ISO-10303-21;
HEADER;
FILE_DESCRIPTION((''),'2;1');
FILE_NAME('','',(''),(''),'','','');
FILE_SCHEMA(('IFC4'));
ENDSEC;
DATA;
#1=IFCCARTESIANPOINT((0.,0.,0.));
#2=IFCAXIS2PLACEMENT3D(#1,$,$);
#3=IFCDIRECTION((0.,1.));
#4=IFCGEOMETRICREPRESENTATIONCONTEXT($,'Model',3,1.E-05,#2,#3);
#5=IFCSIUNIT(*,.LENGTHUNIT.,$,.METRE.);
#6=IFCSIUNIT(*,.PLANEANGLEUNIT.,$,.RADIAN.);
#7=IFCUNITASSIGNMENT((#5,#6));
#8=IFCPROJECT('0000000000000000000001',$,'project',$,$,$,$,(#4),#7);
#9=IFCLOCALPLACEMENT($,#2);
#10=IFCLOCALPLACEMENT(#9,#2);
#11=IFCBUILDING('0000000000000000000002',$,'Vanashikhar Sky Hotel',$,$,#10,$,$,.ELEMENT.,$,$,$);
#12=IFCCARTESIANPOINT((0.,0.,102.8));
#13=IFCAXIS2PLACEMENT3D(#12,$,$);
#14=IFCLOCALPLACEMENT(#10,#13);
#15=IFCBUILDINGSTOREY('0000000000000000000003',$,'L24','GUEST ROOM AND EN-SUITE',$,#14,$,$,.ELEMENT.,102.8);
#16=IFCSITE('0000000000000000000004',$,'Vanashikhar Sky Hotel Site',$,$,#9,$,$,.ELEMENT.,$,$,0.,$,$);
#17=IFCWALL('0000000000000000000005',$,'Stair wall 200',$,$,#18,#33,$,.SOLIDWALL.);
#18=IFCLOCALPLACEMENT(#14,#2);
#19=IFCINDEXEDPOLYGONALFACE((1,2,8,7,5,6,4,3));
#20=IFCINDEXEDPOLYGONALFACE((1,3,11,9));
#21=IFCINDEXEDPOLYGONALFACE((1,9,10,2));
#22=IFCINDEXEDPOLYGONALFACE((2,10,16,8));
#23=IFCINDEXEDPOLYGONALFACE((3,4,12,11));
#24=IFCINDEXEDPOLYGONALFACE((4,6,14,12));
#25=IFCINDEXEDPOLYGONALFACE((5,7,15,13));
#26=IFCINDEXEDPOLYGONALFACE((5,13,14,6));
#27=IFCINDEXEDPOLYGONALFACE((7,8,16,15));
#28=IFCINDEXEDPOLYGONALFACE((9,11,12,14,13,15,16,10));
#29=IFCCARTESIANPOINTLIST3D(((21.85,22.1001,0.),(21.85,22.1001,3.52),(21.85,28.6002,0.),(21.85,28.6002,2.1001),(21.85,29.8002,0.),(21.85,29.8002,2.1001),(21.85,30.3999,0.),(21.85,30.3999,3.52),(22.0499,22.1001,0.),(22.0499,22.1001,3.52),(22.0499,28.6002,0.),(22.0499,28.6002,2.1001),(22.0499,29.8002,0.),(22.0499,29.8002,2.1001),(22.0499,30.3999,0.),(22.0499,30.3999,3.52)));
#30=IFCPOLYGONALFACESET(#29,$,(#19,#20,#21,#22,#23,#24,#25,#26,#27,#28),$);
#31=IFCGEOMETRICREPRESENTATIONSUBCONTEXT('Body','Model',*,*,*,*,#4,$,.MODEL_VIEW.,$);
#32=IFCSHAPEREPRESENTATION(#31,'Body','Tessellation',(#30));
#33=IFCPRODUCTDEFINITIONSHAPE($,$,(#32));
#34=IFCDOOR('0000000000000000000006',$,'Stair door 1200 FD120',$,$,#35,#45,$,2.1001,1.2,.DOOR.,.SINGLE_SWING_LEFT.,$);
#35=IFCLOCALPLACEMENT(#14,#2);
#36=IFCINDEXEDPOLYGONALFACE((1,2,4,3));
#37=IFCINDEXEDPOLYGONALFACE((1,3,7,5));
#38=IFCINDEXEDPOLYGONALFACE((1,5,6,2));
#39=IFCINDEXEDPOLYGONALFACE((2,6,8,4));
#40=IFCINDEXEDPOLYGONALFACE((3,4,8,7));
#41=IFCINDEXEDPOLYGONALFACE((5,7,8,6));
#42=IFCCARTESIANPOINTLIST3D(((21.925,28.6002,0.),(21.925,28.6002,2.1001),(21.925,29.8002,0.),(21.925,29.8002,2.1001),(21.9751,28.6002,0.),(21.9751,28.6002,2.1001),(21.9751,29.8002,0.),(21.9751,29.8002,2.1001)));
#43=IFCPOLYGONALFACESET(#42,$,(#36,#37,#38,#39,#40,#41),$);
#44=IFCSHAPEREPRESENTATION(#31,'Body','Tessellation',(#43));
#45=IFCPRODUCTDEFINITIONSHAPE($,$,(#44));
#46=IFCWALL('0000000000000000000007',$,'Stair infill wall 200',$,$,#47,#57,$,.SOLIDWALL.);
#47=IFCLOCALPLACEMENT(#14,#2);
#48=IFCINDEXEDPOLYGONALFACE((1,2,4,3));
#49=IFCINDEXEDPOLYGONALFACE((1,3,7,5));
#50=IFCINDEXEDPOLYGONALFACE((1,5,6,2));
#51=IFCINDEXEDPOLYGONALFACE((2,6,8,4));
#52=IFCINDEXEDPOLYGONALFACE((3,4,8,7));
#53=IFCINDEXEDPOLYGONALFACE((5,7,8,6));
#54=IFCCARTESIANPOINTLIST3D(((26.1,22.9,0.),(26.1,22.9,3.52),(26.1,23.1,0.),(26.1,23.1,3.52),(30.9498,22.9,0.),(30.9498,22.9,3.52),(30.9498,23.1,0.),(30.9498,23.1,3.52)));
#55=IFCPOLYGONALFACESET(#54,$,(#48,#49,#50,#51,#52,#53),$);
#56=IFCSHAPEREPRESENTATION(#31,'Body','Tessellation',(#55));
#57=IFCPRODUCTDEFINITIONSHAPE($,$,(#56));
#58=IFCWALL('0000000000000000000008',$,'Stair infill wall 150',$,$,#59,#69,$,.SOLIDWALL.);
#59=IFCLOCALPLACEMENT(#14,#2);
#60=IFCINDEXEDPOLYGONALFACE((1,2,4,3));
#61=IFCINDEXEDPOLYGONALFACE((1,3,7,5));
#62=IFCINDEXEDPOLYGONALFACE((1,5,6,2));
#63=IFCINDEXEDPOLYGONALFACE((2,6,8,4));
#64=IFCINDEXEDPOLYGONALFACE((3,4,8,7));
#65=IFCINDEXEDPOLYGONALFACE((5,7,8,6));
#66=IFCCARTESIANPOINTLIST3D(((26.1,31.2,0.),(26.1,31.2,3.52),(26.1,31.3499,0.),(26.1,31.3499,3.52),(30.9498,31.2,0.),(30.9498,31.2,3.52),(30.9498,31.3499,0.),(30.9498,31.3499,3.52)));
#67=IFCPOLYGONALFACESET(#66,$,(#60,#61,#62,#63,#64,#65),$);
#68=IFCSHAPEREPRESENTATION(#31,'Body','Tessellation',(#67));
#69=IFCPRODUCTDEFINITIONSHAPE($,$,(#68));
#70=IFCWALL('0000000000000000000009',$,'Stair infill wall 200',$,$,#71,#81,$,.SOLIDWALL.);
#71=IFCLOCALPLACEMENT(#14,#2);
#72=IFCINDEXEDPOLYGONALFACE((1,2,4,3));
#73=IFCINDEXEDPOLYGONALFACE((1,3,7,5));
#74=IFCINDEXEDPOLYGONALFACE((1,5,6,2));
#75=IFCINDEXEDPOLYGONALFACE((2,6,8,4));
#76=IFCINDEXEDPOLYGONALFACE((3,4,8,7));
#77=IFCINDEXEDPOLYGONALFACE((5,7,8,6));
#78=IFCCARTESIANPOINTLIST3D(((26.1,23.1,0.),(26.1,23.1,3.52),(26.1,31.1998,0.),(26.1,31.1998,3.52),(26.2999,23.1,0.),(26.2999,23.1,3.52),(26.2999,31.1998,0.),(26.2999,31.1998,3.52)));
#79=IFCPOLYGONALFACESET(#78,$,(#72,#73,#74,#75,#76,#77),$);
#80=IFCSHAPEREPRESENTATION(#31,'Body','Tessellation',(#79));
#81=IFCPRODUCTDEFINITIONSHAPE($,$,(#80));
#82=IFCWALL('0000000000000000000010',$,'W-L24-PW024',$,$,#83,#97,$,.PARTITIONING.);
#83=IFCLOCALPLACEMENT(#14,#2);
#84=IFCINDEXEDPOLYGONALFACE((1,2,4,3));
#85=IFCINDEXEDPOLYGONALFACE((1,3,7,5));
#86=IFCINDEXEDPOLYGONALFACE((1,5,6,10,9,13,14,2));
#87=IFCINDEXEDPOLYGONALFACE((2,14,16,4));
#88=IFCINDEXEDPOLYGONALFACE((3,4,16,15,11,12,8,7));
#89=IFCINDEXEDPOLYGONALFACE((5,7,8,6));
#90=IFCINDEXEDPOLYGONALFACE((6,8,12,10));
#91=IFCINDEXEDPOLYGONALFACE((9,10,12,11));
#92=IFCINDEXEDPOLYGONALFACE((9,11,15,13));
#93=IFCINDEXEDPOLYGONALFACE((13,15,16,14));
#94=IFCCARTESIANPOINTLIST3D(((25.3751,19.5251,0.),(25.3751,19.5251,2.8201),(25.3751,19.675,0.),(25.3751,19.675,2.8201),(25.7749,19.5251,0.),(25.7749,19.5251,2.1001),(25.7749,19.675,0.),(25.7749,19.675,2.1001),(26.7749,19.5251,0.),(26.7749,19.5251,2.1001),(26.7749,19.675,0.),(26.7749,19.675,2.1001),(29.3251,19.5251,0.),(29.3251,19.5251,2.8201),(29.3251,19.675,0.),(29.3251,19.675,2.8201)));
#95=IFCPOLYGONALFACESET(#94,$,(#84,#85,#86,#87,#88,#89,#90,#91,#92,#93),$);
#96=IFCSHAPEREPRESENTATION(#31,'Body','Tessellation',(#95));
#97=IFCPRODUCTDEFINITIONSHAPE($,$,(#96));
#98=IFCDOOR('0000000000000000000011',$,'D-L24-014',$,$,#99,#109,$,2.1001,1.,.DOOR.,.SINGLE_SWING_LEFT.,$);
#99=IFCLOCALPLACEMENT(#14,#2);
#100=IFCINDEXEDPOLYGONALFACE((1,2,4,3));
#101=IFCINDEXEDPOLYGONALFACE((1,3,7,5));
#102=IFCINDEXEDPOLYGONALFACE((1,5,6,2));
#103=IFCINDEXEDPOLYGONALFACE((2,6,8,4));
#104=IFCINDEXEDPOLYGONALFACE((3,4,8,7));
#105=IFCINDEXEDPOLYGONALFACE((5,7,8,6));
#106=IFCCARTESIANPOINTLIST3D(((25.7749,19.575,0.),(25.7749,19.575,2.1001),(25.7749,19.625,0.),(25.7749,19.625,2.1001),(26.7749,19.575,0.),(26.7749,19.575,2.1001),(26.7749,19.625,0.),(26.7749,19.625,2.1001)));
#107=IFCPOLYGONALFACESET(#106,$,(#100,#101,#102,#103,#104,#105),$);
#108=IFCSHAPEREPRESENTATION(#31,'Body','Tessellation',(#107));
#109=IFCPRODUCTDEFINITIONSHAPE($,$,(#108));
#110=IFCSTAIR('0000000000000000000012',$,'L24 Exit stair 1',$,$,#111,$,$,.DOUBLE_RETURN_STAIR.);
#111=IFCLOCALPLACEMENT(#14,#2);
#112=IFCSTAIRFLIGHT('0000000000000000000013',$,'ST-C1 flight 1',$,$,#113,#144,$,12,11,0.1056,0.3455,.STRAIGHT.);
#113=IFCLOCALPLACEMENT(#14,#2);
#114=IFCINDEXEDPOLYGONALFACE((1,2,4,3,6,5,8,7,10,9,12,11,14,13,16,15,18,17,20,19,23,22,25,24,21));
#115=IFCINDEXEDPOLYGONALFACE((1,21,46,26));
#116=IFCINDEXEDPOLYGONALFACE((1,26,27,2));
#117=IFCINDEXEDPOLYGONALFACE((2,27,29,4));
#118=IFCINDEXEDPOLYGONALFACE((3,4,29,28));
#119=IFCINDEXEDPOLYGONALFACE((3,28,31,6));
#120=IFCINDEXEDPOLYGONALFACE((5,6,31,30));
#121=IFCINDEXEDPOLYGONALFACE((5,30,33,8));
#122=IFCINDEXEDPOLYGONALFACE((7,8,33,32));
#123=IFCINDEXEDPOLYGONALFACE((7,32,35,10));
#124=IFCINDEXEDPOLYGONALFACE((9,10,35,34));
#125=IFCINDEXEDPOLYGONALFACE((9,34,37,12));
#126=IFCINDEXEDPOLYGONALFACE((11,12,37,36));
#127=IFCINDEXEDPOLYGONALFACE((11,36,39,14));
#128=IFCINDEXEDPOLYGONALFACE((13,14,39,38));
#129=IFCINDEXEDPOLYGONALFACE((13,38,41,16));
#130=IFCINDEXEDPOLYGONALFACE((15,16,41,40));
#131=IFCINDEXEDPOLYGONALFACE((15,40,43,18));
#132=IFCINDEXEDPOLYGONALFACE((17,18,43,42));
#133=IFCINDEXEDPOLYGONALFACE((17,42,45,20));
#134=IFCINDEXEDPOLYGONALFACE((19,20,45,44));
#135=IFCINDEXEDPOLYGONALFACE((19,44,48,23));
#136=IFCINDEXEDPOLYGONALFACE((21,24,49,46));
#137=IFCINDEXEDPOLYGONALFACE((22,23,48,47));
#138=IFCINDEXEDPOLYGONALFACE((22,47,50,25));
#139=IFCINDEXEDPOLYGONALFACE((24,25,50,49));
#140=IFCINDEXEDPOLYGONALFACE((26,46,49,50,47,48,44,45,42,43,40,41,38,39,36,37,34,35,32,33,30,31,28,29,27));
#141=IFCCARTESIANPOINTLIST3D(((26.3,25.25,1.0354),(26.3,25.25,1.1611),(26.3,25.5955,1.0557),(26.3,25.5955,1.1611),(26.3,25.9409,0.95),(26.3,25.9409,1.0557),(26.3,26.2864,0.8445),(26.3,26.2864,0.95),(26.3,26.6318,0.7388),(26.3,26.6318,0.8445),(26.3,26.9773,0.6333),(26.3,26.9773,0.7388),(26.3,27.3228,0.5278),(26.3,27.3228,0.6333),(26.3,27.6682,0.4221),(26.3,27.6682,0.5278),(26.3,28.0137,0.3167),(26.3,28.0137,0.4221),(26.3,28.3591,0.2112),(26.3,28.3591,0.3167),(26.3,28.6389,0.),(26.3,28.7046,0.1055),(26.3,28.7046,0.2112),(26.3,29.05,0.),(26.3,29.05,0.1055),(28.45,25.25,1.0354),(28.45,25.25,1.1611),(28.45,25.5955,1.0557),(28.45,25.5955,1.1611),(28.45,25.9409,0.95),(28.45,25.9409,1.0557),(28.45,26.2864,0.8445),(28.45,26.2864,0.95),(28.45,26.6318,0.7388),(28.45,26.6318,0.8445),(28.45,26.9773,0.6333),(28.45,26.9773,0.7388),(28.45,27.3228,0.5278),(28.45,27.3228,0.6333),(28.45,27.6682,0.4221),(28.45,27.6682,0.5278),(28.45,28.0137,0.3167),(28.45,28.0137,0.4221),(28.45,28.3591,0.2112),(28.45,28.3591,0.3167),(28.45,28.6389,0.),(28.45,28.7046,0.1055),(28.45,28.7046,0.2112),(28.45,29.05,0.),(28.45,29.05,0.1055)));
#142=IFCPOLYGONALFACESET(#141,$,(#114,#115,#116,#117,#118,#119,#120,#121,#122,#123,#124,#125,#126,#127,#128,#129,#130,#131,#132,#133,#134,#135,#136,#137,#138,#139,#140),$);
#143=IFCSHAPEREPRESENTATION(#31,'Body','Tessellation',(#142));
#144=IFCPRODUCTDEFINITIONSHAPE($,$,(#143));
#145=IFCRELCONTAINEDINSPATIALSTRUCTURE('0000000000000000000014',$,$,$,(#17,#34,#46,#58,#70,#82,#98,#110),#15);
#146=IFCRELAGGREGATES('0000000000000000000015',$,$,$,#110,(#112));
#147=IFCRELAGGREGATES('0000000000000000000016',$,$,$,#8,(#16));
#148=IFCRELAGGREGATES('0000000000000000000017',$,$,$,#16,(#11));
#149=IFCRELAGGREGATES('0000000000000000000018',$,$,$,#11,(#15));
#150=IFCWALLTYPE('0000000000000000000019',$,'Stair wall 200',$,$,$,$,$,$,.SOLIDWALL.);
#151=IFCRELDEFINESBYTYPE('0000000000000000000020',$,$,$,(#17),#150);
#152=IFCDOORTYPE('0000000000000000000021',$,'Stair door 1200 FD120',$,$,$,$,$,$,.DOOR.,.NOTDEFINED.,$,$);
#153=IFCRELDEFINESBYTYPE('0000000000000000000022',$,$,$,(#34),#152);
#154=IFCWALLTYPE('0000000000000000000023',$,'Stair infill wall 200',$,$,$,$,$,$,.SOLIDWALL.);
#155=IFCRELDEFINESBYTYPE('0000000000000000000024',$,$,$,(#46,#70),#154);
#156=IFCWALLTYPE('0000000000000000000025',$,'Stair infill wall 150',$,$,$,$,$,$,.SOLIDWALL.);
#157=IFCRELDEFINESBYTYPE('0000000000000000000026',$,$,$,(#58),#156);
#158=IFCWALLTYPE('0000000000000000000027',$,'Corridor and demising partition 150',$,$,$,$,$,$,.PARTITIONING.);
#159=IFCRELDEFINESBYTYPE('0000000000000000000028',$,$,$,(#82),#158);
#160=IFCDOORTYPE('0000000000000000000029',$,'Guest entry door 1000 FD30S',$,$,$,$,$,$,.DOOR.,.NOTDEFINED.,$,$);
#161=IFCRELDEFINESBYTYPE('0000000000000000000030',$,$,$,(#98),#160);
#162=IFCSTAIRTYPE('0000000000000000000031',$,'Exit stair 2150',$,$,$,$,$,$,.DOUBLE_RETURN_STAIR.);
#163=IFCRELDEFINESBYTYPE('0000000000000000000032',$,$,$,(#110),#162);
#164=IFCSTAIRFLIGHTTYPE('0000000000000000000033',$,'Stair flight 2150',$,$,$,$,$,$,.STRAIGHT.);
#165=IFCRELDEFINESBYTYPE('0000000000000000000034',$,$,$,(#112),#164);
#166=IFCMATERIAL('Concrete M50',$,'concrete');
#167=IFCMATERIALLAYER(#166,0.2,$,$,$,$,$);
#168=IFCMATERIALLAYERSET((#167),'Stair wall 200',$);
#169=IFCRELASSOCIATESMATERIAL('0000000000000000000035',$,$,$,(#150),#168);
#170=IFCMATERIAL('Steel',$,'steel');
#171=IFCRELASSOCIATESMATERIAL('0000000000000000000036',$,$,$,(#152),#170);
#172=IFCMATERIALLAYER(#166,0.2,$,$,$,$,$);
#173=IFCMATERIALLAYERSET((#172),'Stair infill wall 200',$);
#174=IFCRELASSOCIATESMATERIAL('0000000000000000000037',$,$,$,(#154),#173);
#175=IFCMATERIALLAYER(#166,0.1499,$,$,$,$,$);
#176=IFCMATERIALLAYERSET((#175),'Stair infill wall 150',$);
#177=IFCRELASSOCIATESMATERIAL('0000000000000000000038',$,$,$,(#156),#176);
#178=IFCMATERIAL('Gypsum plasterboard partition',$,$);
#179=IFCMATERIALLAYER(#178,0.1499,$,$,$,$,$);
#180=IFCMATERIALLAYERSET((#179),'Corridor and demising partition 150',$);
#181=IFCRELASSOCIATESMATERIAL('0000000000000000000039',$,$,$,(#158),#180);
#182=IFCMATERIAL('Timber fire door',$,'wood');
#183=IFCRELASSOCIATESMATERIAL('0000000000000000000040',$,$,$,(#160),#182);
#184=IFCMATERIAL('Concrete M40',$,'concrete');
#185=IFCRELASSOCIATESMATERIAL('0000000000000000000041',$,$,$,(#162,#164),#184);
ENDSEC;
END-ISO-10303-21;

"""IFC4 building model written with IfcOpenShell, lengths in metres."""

from ifc_helpers import new_model, si_unit, direction, frame, frame_2d, origin, place, context, subcontext, project, spatial, polyline, rectangle, outline, extrude, source, transform, mapped, material, layer, layer_set, type_object, element, fill, aggregate, save


model = new_model("IFC4")

# Units and contexts
model_context = context("Model", 3, precision=1e-05, world=origin(), true_north=direction((0.0, 1.0)))
body_context = subcontext(model_context, "Body", "Model", "MODEL_VIEW")
ifc_project = project(units=[si_unit("LENGTHUNIT", "METRE"), si_unit("PLANEANGLEUNIT", "RADIAN")], contexts=[model_context])

# Site, building, storey
site_placement = place(None, origin())
site = spatial("IfcSite", under=ifc_project, at=site_placement, Name="Vanashikhar Sky Hotel Site", CompositionType="ELEMENT", RefElevation=0.0)
building_placement = place(site_placement, origin())
building = spatial("IfcBuilding", under=site, at=building_placement, Name="Vanashikhar Sky Hotel", CompositionType="ELEMENT")
storey_placement = place(building_placement, frame((0.0, 0.0, 102.8)))
storey = spatial("IfcBuildingStorey", under=building, at=storey_placement, Name="L24", Description="GUEST ROOM AND EN-SUITE", CompositionType="ELEMENT", Elevation=102.8)

# Shared definitions
ifc_material_1 = material(Name="Steel", Category="steel")

# Wall, opening, door
ifc_material_2 = material(Name="Concrete M50", Category="concrete")
ifc_layer_1 = layer(ifc_material_2, 0.2)
ifc_layer_set_1 = layer_set([ifc_layer_1], Name="Stair wall 200")
wall_type_1 = type_object("IfcWallType", Name="Stair wall 200", PredefinedType="SOLIDWALL", material=ifc_layer_set_1)
shared_shape_1 = source(origin(), body_context, "Body", "SweptSolid", [
    extrude(rectangle(XDim=8.2998, YDim=0.2, at=frame_2d((4.1499, 0.0))), origin(), (0.0, 0.0, 1.0), 3.52),
])
wall_1_placement = place(storey_placement, frame((21.95, 22.1001, 0.0), z_axis=(0.0, 0.0, 1.0), x_axis=(0.0, 1.0, 0.0)))
wall_1 = element("IfcWall", 1, at=wall_1_placement, inside=storey, type_object=wall_type_1, Name="Stair wall 200", PredefinedType="SOLIDWALL", context=body_context, shape_type="MappedRepresentation", body=[
    mapped(shared_shape_1, transform((0.0, 0.0, 0.0), scale=1.0)),
])
shared_shape_2 = source(origin(), body_context, "Body", "SweptSolid", [
    extrude(rectangle(XDim=1.2, YDim=2.1001, at=frame_2d((0.6001, 1.05))), frame((0.0, 0.1099, 0.0), z_axis=(0.0, -1.0, 0.0), x_axis=(1.0, 0.0, 0.0)), (0.0, 0.0, 1.0), 0.22),
])
opening_1_placement = place(wall_1_placement, frame((6.5, 0.0, 0.0)))
opening_1 = element("IfcOpeningElement", 2, at=opening_1_placement, cuts=wall_1, PredefinedType="OPENING", context=body_context, shape_type="MappedRepresentation", body=[
    mapped(shared_shape_2, transform((0.0, 0.0, 0.0), scale=1.0)),
])
door_type_1 = type_object("IfcDoorType", Name="Stair door 1200 FD120", OperationType="NOTDEFINED", PredefinedType="DOOR", material=ifc_material_1)
shared_shape_3 = source(origin(), body_context, "Body", "SweptSolid", [
    extrude(rectangle(XDim=1.2, YDim=2.1001, at=frame_2d((0.6001, 1.05))), frame((0.0, 0.0249, 0.0), z_axis=(0.0, -1.0, 0.0), x_axis=(1.0, 0.0, 0.0)), (0.0, 0.0, 1.0), 0.05),
])
door_1_placement = place(opening_1_placement, origin())
door_1 = element("IfcDoor", 3, at=door_1_placement, inside=storey, type_object=door_type_1, Name="Stair door 1200 FD120", OperationType="SINGLE_SWING_LEFT", OverallHeight=2.1001, OverallWidth=1.2, PredefinedType="DOOR", context=body_context, shape_type="MappedRepresentation", body=[
    mapped(shared_shape_3, transform((0.0, 0.0, 0.0), scale=1.0)),
])
fill(opening_1, door_1)

# Walls
ifc_layer_2 = layer(ifc_material_2, 0.2)
ifc_layer_set_2 = layer_set([ifc_layer_2], Name="Stair infill wall 200")
wall_type_2 = type_object("IfcWallType", Name="Stair infill wall 200", PredefinedType="SOLIDWALL", material=ifc_layer_set_2)
shared_shape_4 = source(origin(), body_context, "Body", "SweptSolid", [
    extrude(rectangle(XDim=4.8499, YDim=0.2, at=frame_2d((2.4248, 0.0))), origin(), (0.0, 0.0, 1.0), 3.52),
])
wall_2_placement = place(storey_placement, frame((26.1001, 23.0, 0.0), z_axis=(0.0, 0.0, 1.0), x_axis=(1.0, 0.0, 0.0)))
element("IfcWall", 4, at=wall_2_placement, inside=storey, type_object=wall_type_2, Name="Stair infill wall 200", PredefinedType="SOLIDWALL", context=body_context, shape_type="MappedRepresentation", body=[
    mapped(shared_shape_4, transform((0.0, 0.0, 0.0), scale=1.0)),
])
ifc_layer_3 = layer(ifc_material_2, 0.1499)
ifc_layer_set_3 = layer_set([ifc_layer_3], Name="Stair infill wall 150")
wall_type_3 = type_object("IfcWallType", Name="Stair infill wall 150", PredefinedType="SOLIDWALL", material=ifc_layer_set_3)
shared_shape_5 = source(origin(), body_context, "Body", "SweptSolid", [
    extrude(rectangle(XDim=4.8499, YDim=0.1499, at=frame_2d((2.4248, 0.0))), origin(), (0.0, 0.0, 1.0), 3.52),
])
wall_3_placement = place(storey_placement, frame((26.1001, 31.2749, 0.0), z_axis=(0.0, 0.0, 1.0), x_axis=(1.0, 0.0, 0.0)))
element("IfcWall", 5, at=wall_3_placement, inside=storey, type_object=wall_type_3, Name="Stair infill wall 150", PredefinedType="SOLIDWALL", context=body_context, shape_type="MappedRepresentation", body=[
    mapped(shared_shape_5, transform((0.0, 0.0, 0.0), scale=1.0)),
])
shared_shape_6 = source(origin(), body_context, "Body", "SweptSolid", [
    extrude(rectangle(XDim=8.0999, YDim=0.2, at=frame_2d((4.0498, 0.0))), origin(), (0.0, 0.0, 1.0), 3.52),
])
wall_4_placement = place(storey_placement, frame((26.2, 23.1001, 0.0), z_axis=(0.0, 0.0, 1.0), x_axis=(0.0, 1.0, 0.0)))
element("IfcWall", 6, at=wall_4_placement, inside=storey, type_object=wall_type_2, Name="Stair infill wall 200", PredefinedType="SOLIDWALL", context=body_context, shape_type="MappedRepresentation", body=[
    mapped(shared_shape_6, transform((0.0, 0.0, 0.0), scale=1.0)),
])

# Wall, opening, door
ifc_material_3 = material(Name="Gypsum plasterboard partition")
ifc_layer_4 = layer(ifc_material_3, 0.1499)
ifc_layer_set_4 = layer_set([ifc_layer_4], Name="Corridor and demising partition 150")
wall_type_4 = type_object("IfcWallType", Name="Corridor and demising partition 150", PredefinedType="PARTITIONING", material=ifc_layer_set_4)
shared_shape_7 = source(origin(), body_context, "Body", "SweptSolid", [
    extrude(rectangle(XDim=3.95, YDim=0.1499, at=frame_2d((1.9751, 0.0))), origin(), (0.0, 0.0, 1.0), 2.8201),
])
wall_5_placement = place(storey_placement, frame((25.375, 19.6001, 0.0), z_axis=(0.0, 0.0, 1.0), x_axis=(1.0, 0.0, 0.0)))
wall_5 = element("IfcWall", 7, at=wall_5_placement, inside=storey, type_object=wall_type_4, Name="W-L24-PW024", PredefinedType="PARTITIONING", context=body_context, shape_type="MappedRepresentation", body=[
    mapped(shared_shape_7, transform((0.0, 0.0, 0.0), scale=1.0)),
])
shared_shape_8 = source(origin(), body_context, "Body", "SweptSolid", [
    extrude(rectangle(XDim=1.0, YDim=2.1001, at=frame_2d((0.5, 1.05))), frame((0.0, 0.085, 0.0), z_axis=(0.0, -1.0, 0.0), x_axis=(1.0, 0.0, 0.0)), (0.0, 0.0, 1.0), 0.1699),
])
opening_2_placement = place(wall_5_placement, frame((0.3999, 0.0, 0.0)))
opening_2 = element("IfcOpeningElement", 8, at=opening_2_placement, cuts=wall_5, PredefinedType="OPENING", context=body_context, shape_type="MappedRepresentation", body=[
    mapped(shared_shape_8, transform((0.0, 0.0, 0.0), scale=1.0)),
])
ifc_material_4 = material(Name="Timber fire door", Category="wood")
door_type_2 = type_object("IfcDoorType", Name="Guest entry door 1000 FD30S", OperationType="NOTDEFINED", PredefinedType="DOOR", material=ifc_material_4)
shared_shape_9 = source(origin(), body_context, "Body", "SweptSolid", [
    extrude(rectangle(XDim=1.0, YDim=2.1001, at=frame_2d((0.5, 1.05))), frame((0.0, 0.0249, 0.0), z_axis=(0.0, -1.0, 0.0), x_axis=(1.0, 0.0, 0.0)), (0.0, 0.0, 1.0), 0.05),
])
door_2_placement = place(opening_2_placement, origin())
door_2 = element("IfcDoor", 9, at=door_2_placement, inside=storey, type_object=door_type_2, Name="D-L24-014", OperationType="SINGLE_SWING_LEFT", OverallHeight=2.1001, OverallWidth=1.0, PredefinedType="DOOR", context=body_context, shape_type="MappedRepresentation", body=[
    mapped(shared_shape_9, transform((0.0, 0.0, 0.0), scale=1.0)),
])
fill(opening_2, door_2)

# Stair, stair flight
ifc_material_5 = material(Name="Concrete M40", Category="concrete")
stair_type = type_object("IfcStairType", Name="Exit stair 2150", PredefinedType="DOUBLE_RETURN_STAIR", material=ifc_material_5)
stair_placement = place(storey_placement, origin())
stair = element("IfcStair", 10, at=stair_placement, inside=storey, type_object=stair_type, Name="L24 Exit stair 1", PredefinedType="DOUBLE_RETURN_STAIR")
stair_flight_type = type_object("IfcStairFlightType", Name="Stair flight 2150", PredefinedType="STRAIGHT", material=ifc_material_5)
shared_shape_10 = source(origin(), body_context, "Body", "SweptSolid", [
    extrude(outline(polyline([(0.0, 0.0), (0.0, 0.1055), (0.3455, 0.1055), (0.3455, 0.2112), (0.6909, 0.2112), (0.6909, 0.3167), (1.0364, 0.3167), (1.0364, 0.4221), (1.3818, 0.4221), (1.3818, 0.5278), (1.7273, 0.5278), (1.7273, 0.6333), (2.0728, 0.6333), (2.0728, 0.7388), (2.4182, 0.7388), (2.4182, 0.8445), (2.7637, 0.8445), (2.7637, 0.95), (3.1091, 0.95), (3.1091, 1.0557), (3.4546, 1.0557), (3.4546, 1.1611), (3.8, 1.1611), (3.8, 1.2666), (3.8, 1.0354), (0.4111, 0.0), (0.0, 0.0)])), frame((0.0, 1.075, 0.0), z_axis=(0.0, -1.0, 0.0), x_axis=(1.0, 0.0, 0.0)), (0.0, 0.0, 1.0), 2.1499),
])
stair_flight_1_placement = place(storey_placement, frame((27.375, 29.05, 0.0), z_axis=(0.0, 0.0, 1.0), x_axis=(0.0, -1.0, 0.0)))
stair_flight_1 = element("IfcStairFlight", 11, at=stair_flight_1_placement, type_object=stair_flight_type, Name="ST-C1 flight 1", NumberOfRisers=12, NumberOfTreads=11, PredefinedType="STRAIGHT", RiserHeight=0.1056, TreadLength=0.3455, context=body_context, shape_type="MappedRepresentation", body=[
    mapped(shared_shape_10, transform((0.0, 0.0, 0.0), scale=1.0)),
])
aggregate(stair, [stair_flight_1])

save(model, "model.ifc")
